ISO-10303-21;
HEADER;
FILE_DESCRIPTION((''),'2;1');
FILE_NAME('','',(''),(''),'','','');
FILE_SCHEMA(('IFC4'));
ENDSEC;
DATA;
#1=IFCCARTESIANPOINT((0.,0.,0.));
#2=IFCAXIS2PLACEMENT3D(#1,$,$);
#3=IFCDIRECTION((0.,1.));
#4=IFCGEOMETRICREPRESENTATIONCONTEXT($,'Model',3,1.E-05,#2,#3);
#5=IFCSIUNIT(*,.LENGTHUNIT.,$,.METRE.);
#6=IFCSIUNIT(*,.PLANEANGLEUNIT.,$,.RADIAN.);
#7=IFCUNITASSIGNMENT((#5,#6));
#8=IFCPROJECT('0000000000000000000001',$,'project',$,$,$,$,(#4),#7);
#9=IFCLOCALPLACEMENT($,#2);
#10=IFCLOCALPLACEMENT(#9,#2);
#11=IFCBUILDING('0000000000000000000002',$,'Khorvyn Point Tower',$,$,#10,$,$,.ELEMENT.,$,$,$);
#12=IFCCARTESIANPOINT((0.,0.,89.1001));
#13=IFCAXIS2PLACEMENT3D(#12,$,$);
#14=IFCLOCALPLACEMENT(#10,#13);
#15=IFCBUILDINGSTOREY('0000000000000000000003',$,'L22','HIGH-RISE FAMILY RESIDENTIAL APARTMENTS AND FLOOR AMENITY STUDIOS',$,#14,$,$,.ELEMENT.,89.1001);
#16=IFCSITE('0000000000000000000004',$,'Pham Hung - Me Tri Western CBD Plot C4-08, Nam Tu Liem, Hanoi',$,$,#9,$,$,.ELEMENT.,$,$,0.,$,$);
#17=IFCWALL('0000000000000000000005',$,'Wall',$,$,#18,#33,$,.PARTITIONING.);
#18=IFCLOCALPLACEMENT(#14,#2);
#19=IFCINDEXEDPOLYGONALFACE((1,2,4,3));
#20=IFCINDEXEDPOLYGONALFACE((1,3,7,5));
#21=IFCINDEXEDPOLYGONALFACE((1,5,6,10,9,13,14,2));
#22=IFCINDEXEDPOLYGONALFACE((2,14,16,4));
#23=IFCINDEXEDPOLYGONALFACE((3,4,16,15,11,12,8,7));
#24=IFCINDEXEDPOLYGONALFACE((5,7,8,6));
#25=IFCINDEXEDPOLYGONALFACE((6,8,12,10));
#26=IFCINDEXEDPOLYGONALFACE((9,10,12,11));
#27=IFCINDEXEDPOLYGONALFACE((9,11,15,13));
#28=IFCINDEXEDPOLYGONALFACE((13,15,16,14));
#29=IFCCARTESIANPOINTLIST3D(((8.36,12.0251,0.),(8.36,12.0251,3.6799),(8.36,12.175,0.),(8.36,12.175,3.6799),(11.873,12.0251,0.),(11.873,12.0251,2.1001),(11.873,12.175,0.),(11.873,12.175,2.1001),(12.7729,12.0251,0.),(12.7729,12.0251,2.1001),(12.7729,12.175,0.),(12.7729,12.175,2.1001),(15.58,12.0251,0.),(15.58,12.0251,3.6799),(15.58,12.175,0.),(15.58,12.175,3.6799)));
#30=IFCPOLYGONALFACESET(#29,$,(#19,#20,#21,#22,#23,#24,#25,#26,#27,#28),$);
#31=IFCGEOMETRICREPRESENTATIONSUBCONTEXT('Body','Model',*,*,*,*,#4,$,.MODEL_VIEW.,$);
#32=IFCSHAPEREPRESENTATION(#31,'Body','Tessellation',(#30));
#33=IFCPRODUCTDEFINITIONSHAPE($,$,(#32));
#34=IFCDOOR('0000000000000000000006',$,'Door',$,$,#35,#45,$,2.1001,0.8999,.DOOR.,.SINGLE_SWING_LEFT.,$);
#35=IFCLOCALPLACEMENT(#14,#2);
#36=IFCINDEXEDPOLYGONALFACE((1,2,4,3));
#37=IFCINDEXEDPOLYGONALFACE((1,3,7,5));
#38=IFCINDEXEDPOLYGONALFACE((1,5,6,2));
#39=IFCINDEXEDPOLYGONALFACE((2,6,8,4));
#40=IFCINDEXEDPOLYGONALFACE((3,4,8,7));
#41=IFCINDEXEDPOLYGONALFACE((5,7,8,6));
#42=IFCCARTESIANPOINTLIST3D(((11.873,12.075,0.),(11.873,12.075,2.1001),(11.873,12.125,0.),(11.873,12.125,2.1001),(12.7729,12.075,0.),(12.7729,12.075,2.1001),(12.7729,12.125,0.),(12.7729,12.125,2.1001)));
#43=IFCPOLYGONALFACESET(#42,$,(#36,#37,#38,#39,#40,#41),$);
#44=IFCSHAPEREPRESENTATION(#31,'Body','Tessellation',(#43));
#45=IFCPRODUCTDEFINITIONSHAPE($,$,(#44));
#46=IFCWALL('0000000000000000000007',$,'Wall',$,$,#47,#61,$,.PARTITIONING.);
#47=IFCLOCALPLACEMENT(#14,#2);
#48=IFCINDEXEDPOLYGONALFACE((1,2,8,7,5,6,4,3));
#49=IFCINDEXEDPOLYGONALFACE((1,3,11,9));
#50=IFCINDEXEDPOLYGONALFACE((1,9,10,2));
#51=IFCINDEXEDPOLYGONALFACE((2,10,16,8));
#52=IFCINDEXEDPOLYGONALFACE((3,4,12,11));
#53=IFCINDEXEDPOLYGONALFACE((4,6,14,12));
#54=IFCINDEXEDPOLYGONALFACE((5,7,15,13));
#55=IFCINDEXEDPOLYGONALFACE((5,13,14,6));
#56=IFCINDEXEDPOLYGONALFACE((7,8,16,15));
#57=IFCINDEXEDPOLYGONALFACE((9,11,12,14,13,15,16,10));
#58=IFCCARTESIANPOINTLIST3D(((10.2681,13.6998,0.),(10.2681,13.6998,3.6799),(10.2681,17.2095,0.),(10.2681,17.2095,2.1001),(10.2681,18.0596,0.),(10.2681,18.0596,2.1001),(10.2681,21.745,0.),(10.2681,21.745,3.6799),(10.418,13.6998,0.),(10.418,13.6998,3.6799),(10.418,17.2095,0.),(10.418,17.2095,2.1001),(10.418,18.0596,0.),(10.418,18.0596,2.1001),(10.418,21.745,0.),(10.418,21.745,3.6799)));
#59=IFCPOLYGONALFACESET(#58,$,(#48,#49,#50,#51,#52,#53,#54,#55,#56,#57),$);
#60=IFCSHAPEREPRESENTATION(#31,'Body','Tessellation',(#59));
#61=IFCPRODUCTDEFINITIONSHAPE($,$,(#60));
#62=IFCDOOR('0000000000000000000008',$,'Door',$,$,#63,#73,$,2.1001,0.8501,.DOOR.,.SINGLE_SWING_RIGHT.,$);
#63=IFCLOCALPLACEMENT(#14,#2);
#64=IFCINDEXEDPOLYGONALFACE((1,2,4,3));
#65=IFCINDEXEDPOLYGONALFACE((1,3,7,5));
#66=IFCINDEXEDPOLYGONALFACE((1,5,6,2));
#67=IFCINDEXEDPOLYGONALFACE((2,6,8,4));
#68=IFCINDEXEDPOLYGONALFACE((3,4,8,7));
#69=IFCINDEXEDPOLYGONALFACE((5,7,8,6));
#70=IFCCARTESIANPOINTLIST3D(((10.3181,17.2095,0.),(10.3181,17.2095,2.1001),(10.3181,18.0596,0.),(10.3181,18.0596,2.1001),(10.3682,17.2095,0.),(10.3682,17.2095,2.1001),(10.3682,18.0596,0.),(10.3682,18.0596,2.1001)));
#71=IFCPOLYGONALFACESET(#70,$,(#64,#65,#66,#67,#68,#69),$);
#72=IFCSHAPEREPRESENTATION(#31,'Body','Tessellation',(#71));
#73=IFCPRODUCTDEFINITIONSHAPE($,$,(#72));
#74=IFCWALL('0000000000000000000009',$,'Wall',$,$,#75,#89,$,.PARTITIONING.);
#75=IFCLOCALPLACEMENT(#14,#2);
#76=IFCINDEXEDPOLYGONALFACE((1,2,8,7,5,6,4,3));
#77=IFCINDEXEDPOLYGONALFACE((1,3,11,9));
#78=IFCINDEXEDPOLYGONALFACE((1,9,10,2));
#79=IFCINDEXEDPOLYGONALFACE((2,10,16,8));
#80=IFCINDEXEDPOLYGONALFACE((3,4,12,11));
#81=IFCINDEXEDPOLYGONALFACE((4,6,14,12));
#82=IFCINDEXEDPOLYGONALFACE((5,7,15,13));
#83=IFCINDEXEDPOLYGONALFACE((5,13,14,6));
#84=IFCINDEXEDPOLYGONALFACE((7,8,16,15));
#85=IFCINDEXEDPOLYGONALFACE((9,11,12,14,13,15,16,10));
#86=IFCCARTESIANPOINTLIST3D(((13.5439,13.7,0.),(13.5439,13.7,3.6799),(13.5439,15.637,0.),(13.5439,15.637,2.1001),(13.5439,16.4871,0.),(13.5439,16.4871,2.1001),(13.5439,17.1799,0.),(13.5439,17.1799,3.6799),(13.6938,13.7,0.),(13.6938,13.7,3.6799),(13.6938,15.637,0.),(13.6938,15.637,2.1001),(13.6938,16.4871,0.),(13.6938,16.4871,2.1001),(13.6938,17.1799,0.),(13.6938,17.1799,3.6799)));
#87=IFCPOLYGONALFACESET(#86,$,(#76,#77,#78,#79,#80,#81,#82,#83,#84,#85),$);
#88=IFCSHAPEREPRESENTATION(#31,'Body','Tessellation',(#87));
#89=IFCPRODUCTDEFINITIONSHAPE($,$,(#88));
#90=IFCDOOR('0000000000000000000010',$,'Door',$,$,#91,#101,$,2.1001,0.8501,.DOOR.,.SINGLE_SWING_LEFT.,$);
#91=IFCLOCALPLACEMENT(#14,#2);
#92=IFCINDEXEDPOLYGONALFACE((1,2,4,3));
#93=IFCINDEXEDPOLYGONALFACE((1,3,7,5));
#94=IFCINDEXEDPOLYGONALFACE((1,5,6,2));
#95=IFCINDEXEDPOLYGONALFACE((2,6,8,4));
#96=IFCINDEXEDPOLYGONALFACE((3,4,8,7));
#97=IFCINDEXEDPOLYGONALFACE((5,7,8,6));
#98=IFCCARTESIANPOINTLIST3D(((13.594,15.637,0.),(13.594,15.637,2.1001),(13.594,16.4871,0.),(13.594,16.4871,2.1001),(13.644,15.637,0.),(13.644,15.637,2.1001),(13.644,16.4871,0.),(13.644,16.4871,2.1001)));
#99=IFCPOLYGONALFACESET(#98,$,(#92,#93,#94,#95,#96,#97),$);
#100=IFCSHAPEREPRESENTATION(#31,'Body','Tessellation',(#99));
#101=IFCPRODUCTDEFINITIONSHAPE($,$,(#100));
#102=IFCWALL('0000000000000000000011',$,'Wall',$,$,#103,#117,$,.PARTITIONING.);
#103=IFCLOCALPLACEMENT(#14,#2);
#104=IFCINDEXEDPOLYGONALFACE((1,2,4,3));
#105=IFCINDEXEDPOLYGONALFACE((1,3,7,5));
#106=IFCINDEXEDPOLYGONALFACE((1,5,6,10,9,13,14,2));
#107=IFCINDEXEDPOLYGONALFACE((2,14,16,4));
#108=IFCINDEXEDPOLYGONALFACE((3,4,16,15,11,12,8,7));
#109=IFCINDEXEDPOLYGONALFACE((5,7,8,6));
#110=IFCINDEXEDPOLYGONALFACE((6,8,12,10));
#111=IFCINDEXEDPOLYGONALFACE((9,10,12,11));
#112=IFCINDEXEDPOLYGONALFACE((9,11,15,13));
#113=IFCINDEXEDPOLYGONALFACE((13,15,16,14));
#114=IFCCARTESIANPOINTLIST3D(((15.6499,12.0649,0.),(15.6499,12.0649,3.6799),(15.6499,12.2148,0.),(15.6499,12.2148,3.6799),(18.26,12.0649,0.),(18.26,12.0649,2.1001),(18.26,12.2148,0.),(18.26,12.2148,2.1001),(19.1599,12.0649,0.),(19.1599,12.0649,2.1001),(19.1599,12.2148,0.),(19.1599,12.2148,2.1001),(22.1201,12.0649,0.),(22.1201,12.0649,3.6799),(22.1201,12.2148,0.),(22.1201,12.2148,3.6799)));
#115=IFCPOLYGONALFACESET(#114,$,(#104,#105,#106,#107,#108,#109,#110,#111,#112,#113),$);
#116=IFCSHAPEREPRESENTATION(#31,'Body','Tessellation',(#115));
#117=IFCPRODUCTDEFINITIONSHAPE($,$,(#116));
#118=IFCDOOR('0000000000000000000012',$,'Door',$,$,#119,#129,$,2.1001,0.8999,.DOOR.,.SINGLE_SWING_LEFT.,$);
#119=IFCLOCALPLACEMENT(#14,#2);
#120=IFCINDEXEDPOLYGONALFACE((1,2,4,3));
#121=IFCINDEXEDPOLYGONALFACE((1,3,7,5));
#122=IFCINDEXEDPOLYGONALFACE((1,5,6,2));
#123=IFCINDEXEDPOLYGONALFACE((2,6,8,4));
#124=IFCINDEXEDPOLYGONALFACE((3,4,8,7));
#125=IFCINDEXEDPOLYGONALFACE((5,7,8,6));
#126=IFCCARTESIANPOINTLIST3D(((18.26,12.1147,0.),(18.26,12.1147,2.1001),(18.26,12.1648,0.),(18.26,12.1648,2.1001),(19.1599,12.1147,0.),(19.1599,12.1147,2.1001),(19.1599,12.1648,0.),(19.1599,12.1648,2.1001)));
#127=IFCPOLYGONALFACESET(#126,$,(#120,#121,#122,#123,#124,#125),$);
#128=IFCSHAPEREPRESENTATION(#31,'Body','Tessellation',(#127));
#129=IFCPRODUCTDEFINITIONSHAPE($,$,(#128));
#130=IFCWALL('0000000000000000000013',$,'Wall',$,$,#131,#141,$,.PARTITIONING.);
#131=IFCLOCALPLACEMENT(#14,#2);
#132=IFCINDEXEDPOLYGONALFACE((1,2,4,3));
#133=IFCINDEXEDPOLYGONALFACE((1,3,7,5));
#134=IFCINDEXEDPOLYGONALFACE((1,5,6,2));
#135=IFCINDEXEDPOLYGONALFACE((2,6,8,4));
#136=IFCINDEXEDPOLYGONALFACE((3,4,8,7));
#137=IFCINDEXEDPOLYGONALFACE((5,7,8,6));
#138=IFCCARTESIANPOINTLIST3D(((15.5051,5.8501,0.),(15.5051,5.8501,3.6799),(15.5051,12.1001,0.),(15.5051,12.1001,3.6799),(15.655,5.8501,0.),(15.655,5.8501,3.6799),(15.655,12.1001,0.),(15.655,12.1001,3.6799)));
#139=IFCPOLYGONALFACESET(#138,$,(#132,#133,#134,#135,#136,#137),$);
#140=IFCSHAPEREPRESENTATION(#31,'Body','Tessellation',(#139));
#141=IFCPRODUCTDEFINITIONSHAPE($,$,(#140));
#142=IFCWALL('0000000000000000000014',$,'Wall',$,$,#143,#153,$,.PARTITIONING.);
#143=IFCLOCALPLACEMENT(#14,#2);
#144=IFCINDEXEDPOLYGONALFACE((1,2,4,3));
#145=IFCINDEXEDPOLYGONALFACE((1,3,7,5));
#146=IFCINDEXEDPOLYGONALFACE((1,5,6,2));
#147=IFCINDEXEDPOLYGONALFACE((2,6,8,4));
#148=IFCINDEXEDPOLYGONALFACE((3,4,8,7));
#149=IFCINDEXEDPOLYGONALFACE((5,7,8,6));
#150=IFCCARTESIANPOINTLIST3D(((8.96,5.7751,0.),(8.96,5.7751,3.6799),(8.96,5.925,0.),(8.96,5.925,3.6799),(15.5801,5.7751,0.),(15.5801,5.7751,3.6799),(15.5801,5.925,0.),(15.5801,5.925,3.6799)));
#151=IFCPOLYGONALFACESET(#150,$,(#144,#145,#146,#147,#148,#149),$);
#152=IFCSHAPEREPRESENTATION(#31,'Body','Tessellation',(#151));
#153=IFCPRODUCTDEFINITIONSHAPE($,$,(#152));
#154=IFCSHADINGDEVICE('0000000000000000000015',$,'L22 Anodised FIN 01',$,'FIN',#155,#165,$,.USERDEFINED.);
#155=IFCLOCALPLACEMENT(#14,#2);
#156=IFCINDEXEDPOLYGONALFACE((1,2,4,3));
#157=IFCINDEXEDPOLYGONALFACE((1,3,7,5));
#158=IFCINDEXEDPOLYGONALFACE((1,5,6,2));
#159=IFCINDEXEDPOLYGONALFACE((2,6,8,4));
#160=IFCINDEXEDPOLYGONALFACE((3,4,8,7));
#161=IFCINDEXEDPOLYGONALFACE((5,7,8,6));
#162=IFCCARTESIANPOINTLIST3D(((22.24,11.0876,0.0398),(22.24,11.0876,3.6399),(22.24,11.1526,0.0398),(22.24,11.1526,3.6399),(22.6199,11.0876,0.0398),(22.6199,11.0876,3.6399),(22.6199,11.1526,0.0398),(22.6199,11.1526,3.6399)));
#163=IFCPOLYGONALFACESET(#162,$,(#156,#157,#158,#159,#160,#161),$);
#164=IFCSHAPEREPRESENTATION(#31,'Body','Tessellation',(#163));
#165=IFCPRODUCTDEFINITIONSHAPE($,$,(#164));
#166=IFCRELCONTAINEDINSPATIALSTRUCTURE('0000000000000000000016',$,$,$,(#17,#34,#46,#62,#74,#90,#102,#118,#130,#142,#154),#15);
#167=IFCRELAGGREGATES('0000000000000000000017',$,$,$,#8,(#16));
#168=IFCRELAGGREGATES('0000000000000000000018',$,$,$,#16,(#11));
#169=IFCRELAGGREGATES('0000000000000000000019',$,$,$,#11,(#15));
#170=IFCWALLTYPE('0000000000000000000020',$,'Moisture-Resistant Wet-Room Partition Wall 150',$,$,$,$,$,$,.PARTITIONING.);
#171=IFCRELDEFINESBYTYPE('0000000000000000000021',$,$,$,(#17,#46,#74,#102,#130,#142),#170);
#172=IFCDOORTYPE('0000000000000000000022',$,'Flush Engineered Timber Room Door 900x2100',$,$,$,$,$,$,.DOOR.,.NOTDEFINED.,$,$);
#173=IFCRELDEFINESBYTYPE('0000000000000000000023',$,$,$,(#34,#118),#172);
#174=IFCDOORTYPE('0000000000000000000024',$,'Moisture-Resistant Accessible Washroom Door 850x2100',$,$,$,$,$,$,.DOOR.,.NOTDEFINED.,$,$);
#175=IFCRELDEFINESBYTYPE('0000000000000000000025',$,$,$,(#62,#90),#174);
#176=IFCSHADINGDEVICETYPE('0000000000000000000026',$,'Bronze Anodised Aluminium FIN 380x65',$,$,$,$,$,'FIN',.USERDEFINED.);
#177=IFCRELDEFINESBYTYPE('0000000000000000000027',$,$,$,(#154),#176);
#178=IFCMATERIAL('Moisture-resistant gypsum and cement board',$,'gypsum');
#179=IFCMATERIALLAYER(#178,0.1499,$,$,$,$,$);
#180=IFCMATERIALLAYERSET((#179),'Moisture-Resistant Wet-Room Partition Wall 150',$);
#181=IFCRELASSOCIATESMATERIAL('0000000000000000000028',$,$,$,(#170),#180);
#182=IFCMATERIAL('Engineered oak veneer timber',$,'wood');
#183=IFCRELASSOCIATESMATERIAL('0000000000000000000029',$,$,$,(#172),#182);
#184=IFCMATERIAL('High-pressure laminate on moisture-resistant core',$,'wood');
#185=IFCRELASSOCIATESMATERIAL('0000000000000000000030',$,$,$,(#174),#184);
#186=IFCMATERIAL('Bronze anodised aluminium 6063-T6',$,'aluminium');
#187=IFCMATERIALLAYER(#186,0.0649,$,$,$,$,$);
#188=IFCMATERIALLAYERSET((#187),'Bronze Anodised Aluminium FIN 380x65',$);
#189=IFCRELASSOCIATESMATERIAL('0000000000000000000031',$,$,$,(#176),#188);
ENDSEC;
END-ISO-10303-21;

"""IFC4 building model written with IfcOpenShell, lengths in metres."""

from ifc_helpers import new_model, si_unit, direction, frame, frame_2d, origin, origin_2d, place, context, subcontext, project, spatial, rectangle, extrude, material, layer, layer_set, type_object, element, fill, save


model = new_model("IFC4")

# Units and contexts
model_context = context("Model", 3, precision=1e-05, world=origin(), true_north=direction((0.0, 1.0)))
body_context = subcontext(model_context, "Body", "Model", "MODEL_VIEW")
ifc_project = project(units=[si_unit("LENGTHUNIT", "METRE"), si_unit("PLANEANGLEUNIT", "RADIAN")], contexts=[model_context])

# Site, building, storey
site_placement = place(None, origin())
site = spatial("IfcSite", under=ifc_project, at=site_placement, Name="Pham Hung - Me Tri Western CBD Plot C4-08, Nam Tu Liem, Hanoi", CompositionType="ELEMENT", RefElevation=0.0)
building_placement = place(site_placement, origin())
building = spatial("IfcBuilding", under=site, at=building_placement, Name="Khorvyn Point Tower", CompositionType="ELEMENT")
storey_placement = place(building_placement, frame((0.0, 0.0, 89.1001)))
storey = spatial("IfcBuildingStorey", under=building, at=storey_placement, Name="L22", Description="HIGH-RISE FAMILY RESIDENTIAL APARTMENTS AND FLOOR AMENITY STUDIOS", CompositionType="ELEMENT", Elevation=89.1001)

# Walls, openings, doors
ifc_material_1 = material(Name="Moisture-resistant gypsum and cement board", Category="gypsum")
ifc_layer_1 = layer(ifc_material_1, 0.1499)
ifc_layer_set_1 = layer_set([ifc_layer_1], Name="Moisture-Resistant Wet-Room Partition Wall 150")
wall_type_1 = type_object("IfcWallType", Name="Moisture-Resistant Wet-Room Partition Wall 150", PredefinedType="PARTITIONING", material=ifc_layer_set_1)
wall_1_placement = place(storey_placement, frame((8.3601, 12.1001, 0.0), z_axis=(0.0, 0.0, 1.0), x_axis=(1.0, 0.0, 0.0)))
wall_1 = element("IfcWall", 1, at=wall_1_placement, inside=storey, type_object=wall_type_1, Name="Wall", PredefinedType="PARTITIONING", context=body_context, shape_type="SweptSolid", body=[
    extrude(rectangle(XDim=7.22, YDim=0.1499, at=frame_2d((3.6099, 0.0))), origin(), (0.0, 0.0, 1.0), 3.6799),
])
opening_1_placement = place(wall_1_placement, frame((3.5129, 0.0, 0.0)))
opening_1 = element("IfcOpeningElement", 2, at=opening_1_placement, cuts=wall_1, PredefinedType="OPENING", context=body_context, shape_type="SweptSolid", body=[
    extrude(rectangle(XDim=0.8999, YDim=2.1001, at=frame_2d((0.45, 1.05))), frame((0.0, 0.085, 0.0), z_axis=(0.0, -1.0, 0.0), x_axis=(1.0, 0.0, 0.0)), (0.0, 0.0, 1.0), 0.1699),
])
ifc_material_2 = material(Name="Engineered oak veneer timber", Category="wood")
door_type_1 = type_object("IfcDoorType", Name="Flush Engineered Timber Room Door 900x2100", OperationType="NOTDEFINED", PredefinedType="DOOR", material=ifc_material_2)
door_1_placement = place(opening_1_placement, origin())
door_1 = element("IfcDoor", 3, at=door_1_placement, inside=storey, type_object=door_type_1, Name="Door", OperationType="SINGLE_SWING_LEFT", OverallHeight=2.1001, OverallWidth=0.8999, PredefinedType="DOOR", context=body_context, shape_type="SweptSolid", body=[
    extrude(rectangle(XDim=0.8999, YDim=2.1001, at=frame_2d((0.45, 1.05))), frame((0.0, 0.0249, 0.0), z_axis=(0.0, -1.0, 0.0), x_axis=(1.0, 0.0, 0.0)), (0.0, 0.0, 1.0), 0.05),
])
fill(opening_1, door_1)
wall_2_placement = place(storey_placement, frame((10.343, 13.7, 0.0), z_axis=(0.0, 0.0, 1.0), x_axis=(0.0, 1.0, 0.0)))
wall_2 = element("IfcWall", 4, at=wall_2_placement, inside=storey, type_object=wall_type_1, Name="Wall", PredefinedType="PARTITIONING", context=body_context, shape_type="SweptSolid", body=[
    extrude(rectangle(XDim=8.0452, YDim=0.1499, at=frame_2d((4.0225, 0.0))), origin(), (0.0, 0.0, 1.0), 3.6799),
])
opening_2_placement = place(wall_2_placement, frame((3.5095, 0.0, 0.0)))
opening_2 = element("IfcOpeningElement", 5, at=opening_2_placement, cuts=wall_2, PredefinedType="OPENING", context=body_context, shape_type="SweptSolid", body=[
    extrude(rectangle(XDim=0.8501, YDim=2.1001, at=frame_2d((0.425, 1.05))), frame((0.0, 0.085, 0.0), z_axis=(0.0, -1.0, 0.0), x_axis=(1.0, 0.0, 0.0)), (0.0, 0.0, 1.0), 0.1699),
])
ifc_material_3 = material(Name="High-pressure laminate on moisture-resistant core", Category="wood")
door_type_2 = type_object("IfcDoorType", Name="Moisture-Resistant Accessible Washroom Door 850x2100", OperationType="NOTDEFINED", PredefinedType="DOOR", material=ifc_material_3)
door_2_placement = place(opening_2_placement, origin())
door_2 = element("IfcDoor", 6, at=door_2_placement, inside=storey, type_object=door_type_2, Name="Door", OperationType="SINGLE_SWING_RIGHT", OverallHeight=2.1001, OverallWidth=0.8501, PredefinedType="DOOR", context=body_context, shape_type="SweptSolid", body=[
    extrude(rectangle(XDim=0.8501, YDim=2.1001, at=frame_2d((0.425, 1.05))), frame((0.0, 0.0249, 0.0), z_axis=(0.0, -1.0, 0.0), x_axis=(1.0, 0.0, 0.0)), (0.0, 0.0, 1.0), 0.05),
])
fill(opening_2, door_2)
wall_3_placement = place(storey_placement, frame((13.6189, 13.7, 0.0), z_axis=(0.0, 0.0, 1.0), x_axis=(0.0, 1.0, 0.0)))
wall_3 = element("IfcWall", 7, at=wall_3_placement, inside=storey, type_object=wall_type_1, Name="Wall", PredefinedType="PARTITIONING", context=body_context, shape_type="SweptSolid", body=[
    extrude(rectangle(XDim=3.48, YDim=0.1499, at=frame_2d((1.74, 0.0))), origin(), (0.0, 0.0, 1.0), 3.6799),
])
opening_3_placement = place(wall_3_placement, frame((1.937, 0.0, 0.0)))
opening_3 = element("IfcOpeningElement", 8, at=opening_3_placement, cuts=wall_3, PredefinedType="OPENING", context=body_context, shape_type="SweptSolid", body=[
    extrude(rectangle(XDim=0.8501, YDim=2.1001, at=frame_2d((0.425, 1.05))), frame((0.0, 0.085, 0.0), z_axis=(0.0, -1.0, 0.0), x_axis=(1.0, 0.0, 0.0)), (0.0, 0.0, 1.0), 0.1699),
])
door_3_placement = place(opening_3_placement, origin())
door_3 = element("IfcDoor", 9, at=door_3_placement, inside=storey, type_object=door_type_2, Name="Door", OperationType="SINGLE_SWING_LEFT", OverallHeight=2.1001, OverallWidth=0.8501, PredefinedType="DOOR", context=body_context, shape_type="SweptSolid", body=[
    extrude(rectangle(XDim=0.8501, YDim=2.1001, at=frame_2d((0.425, 1.05))), frame((0.0, 0.0249, 0.0), z_axis=(0.0, -1.0, 0.0), x_axis=(1.0, 0.0, 0.0)), (0.0, 0.0, 1.0), 0.05),
])
fill(opening_3, door_3)
wall_4_placement = place(storey_placement, frame((15.6499, 12.1399, 0.0), z_axis=(0.0, 0.0, 1.0), x_axis=(1.0, 0.0, 0.0)))
wall_4 = element("IfcWall", 10, at=wall_4_placement, inside=storey, type_object=wall_type_1, Name="Wall", PredefinedType="PARTITIONING", context=body_context, shape_type="SweptSolid", body=[
    extrude(rectangle(XDim=6.4702, YDim=0.1499, at=frame_2d((3.2351, 0.0))), origin(), (0.0, 0.0, 1.0), 3.6799),
])
opening_4_placement = place(wall_4_placement, frame((2.6101, 0.0, 0.0)))
opening_4 = element("IfcOpeningElement", 11, at=opening_4_placement, cuts=wall_4, PredefinedType="OPENING", context=body_context, shape_type="SweptSolid", body=[
    extrude(rectangle(XDim=0.8999, YDim=2.1001, at=frame_2d((0.45, 1.05))), frame((0.0, 0.085, 0.0), z_axis=(0.0, -1.0, 0.0), x_axis=(1.0, 0.0, 0.0)), (0.0, 0.0, 1.0), 0.1699),
])
door_4_placement = place(opening_4_placement, origin())
door_4 = element("IfcDoor", 12, at=door_4_placement, inside=storey, type_object=door_type_1, Name="Door", OperationType="SINGLE_SWING_LEFT", OverallHeight=2.1001, OverallWidth=0.8999, PredefinedType="DOOR", context=body_context, shape_type="SweptSolid", body=[
    extrude(rectangle(XDim=0.8999, YDim=2.1001, at=frame_2d((0.45, 1.05))), frame((0.0, 0.0249, 0.0), z_axis=(0.0, -1.0, 0.0), x_axis=(1.0, 0.0, 0.0)), (0.0, 0.0, 1.0), 0.05),
])
fill(opening_4, door_4)

# Walls
wall_5_placement = place(storey_placement, frame((15.5801, 5.8501, 0.0), z_axis=(0.0, 0.0, 1.0), x_axis=(0.0, 1.0, 0.0)))
element("IfcWall", 13, at=wall_5_placement, inside=storey, type_object=wall_type_1, Name="Wall", PredefinedType="PARTITIONING", context=body_context, shape_type="SweptSolid", body=[
    extrude(rectangle(XDim=6.25, YDim=0.1499, at=frame_2d((3.125, 0.0))), origin(), (0.0, 0.0, 1.0), 3.6799),
])
wall_6_placement = place(storey_placement, frame((8.96, 5.8501, 0.0), z_axis=(0.0, 0.0, 1.0), x_axis=(1.0, 0.0, 0.0)))
element("IfcWall", 14, at=wall_6_placement, inside=storey, type_object=wall_type_1, Name="Wall", PredefinedType="PARTITIONING", context=body_context, shape_type="SweptSolid", body=[
    extrude(rectangle(XDim=6.6201, YDim=0.1499, at=frame_2d((3.3101, 0.0))), origin(), (0.0, 0.0, 1.0), 3.6799),
])

# Shading device
ifc_material_4 = material(Name="Bronze anodised aluminium 6063-T6", Category="aluminium")
ifc_layer_2 = layer(ifc_material_4, 0.0649)
ifc_layer_set_2 = layer_set([ifc_layer_2], Name="Bronze Anodised Aluminium FIN 380x65")
shading_device_type = type_object("IfcShadingDeviceType", Name="Bronze Anodised Aluminium FIN 380x65", ElementType="FIN", PredefinedType="USERDEFINED", material=ifc_layer_set_2)
shading_device_placement = place(storey_placement, frame((22.4299, 11.1201, 0.0398), z_axis=(0.0, 0.0, 1.0), x_axis=(1.0, 0.0, 0.0)))
element("IfcShadingDevice", 15, at=shading_device_placement, inside=storey, type_object=shading_device_type, Name="L22 Anodised FIN 01", ObjectType="FIN", PredefinedType="USERDEFINED", context=body_context, shape_type="SweptSolid", body=[
    extrude(rectangle(XDim=0.3799, YDim=0.0649, at=origin_2d()), origin(), (0.0, 0.0, 1.0), 3.6001),
])

save(model, "model.ifc")
